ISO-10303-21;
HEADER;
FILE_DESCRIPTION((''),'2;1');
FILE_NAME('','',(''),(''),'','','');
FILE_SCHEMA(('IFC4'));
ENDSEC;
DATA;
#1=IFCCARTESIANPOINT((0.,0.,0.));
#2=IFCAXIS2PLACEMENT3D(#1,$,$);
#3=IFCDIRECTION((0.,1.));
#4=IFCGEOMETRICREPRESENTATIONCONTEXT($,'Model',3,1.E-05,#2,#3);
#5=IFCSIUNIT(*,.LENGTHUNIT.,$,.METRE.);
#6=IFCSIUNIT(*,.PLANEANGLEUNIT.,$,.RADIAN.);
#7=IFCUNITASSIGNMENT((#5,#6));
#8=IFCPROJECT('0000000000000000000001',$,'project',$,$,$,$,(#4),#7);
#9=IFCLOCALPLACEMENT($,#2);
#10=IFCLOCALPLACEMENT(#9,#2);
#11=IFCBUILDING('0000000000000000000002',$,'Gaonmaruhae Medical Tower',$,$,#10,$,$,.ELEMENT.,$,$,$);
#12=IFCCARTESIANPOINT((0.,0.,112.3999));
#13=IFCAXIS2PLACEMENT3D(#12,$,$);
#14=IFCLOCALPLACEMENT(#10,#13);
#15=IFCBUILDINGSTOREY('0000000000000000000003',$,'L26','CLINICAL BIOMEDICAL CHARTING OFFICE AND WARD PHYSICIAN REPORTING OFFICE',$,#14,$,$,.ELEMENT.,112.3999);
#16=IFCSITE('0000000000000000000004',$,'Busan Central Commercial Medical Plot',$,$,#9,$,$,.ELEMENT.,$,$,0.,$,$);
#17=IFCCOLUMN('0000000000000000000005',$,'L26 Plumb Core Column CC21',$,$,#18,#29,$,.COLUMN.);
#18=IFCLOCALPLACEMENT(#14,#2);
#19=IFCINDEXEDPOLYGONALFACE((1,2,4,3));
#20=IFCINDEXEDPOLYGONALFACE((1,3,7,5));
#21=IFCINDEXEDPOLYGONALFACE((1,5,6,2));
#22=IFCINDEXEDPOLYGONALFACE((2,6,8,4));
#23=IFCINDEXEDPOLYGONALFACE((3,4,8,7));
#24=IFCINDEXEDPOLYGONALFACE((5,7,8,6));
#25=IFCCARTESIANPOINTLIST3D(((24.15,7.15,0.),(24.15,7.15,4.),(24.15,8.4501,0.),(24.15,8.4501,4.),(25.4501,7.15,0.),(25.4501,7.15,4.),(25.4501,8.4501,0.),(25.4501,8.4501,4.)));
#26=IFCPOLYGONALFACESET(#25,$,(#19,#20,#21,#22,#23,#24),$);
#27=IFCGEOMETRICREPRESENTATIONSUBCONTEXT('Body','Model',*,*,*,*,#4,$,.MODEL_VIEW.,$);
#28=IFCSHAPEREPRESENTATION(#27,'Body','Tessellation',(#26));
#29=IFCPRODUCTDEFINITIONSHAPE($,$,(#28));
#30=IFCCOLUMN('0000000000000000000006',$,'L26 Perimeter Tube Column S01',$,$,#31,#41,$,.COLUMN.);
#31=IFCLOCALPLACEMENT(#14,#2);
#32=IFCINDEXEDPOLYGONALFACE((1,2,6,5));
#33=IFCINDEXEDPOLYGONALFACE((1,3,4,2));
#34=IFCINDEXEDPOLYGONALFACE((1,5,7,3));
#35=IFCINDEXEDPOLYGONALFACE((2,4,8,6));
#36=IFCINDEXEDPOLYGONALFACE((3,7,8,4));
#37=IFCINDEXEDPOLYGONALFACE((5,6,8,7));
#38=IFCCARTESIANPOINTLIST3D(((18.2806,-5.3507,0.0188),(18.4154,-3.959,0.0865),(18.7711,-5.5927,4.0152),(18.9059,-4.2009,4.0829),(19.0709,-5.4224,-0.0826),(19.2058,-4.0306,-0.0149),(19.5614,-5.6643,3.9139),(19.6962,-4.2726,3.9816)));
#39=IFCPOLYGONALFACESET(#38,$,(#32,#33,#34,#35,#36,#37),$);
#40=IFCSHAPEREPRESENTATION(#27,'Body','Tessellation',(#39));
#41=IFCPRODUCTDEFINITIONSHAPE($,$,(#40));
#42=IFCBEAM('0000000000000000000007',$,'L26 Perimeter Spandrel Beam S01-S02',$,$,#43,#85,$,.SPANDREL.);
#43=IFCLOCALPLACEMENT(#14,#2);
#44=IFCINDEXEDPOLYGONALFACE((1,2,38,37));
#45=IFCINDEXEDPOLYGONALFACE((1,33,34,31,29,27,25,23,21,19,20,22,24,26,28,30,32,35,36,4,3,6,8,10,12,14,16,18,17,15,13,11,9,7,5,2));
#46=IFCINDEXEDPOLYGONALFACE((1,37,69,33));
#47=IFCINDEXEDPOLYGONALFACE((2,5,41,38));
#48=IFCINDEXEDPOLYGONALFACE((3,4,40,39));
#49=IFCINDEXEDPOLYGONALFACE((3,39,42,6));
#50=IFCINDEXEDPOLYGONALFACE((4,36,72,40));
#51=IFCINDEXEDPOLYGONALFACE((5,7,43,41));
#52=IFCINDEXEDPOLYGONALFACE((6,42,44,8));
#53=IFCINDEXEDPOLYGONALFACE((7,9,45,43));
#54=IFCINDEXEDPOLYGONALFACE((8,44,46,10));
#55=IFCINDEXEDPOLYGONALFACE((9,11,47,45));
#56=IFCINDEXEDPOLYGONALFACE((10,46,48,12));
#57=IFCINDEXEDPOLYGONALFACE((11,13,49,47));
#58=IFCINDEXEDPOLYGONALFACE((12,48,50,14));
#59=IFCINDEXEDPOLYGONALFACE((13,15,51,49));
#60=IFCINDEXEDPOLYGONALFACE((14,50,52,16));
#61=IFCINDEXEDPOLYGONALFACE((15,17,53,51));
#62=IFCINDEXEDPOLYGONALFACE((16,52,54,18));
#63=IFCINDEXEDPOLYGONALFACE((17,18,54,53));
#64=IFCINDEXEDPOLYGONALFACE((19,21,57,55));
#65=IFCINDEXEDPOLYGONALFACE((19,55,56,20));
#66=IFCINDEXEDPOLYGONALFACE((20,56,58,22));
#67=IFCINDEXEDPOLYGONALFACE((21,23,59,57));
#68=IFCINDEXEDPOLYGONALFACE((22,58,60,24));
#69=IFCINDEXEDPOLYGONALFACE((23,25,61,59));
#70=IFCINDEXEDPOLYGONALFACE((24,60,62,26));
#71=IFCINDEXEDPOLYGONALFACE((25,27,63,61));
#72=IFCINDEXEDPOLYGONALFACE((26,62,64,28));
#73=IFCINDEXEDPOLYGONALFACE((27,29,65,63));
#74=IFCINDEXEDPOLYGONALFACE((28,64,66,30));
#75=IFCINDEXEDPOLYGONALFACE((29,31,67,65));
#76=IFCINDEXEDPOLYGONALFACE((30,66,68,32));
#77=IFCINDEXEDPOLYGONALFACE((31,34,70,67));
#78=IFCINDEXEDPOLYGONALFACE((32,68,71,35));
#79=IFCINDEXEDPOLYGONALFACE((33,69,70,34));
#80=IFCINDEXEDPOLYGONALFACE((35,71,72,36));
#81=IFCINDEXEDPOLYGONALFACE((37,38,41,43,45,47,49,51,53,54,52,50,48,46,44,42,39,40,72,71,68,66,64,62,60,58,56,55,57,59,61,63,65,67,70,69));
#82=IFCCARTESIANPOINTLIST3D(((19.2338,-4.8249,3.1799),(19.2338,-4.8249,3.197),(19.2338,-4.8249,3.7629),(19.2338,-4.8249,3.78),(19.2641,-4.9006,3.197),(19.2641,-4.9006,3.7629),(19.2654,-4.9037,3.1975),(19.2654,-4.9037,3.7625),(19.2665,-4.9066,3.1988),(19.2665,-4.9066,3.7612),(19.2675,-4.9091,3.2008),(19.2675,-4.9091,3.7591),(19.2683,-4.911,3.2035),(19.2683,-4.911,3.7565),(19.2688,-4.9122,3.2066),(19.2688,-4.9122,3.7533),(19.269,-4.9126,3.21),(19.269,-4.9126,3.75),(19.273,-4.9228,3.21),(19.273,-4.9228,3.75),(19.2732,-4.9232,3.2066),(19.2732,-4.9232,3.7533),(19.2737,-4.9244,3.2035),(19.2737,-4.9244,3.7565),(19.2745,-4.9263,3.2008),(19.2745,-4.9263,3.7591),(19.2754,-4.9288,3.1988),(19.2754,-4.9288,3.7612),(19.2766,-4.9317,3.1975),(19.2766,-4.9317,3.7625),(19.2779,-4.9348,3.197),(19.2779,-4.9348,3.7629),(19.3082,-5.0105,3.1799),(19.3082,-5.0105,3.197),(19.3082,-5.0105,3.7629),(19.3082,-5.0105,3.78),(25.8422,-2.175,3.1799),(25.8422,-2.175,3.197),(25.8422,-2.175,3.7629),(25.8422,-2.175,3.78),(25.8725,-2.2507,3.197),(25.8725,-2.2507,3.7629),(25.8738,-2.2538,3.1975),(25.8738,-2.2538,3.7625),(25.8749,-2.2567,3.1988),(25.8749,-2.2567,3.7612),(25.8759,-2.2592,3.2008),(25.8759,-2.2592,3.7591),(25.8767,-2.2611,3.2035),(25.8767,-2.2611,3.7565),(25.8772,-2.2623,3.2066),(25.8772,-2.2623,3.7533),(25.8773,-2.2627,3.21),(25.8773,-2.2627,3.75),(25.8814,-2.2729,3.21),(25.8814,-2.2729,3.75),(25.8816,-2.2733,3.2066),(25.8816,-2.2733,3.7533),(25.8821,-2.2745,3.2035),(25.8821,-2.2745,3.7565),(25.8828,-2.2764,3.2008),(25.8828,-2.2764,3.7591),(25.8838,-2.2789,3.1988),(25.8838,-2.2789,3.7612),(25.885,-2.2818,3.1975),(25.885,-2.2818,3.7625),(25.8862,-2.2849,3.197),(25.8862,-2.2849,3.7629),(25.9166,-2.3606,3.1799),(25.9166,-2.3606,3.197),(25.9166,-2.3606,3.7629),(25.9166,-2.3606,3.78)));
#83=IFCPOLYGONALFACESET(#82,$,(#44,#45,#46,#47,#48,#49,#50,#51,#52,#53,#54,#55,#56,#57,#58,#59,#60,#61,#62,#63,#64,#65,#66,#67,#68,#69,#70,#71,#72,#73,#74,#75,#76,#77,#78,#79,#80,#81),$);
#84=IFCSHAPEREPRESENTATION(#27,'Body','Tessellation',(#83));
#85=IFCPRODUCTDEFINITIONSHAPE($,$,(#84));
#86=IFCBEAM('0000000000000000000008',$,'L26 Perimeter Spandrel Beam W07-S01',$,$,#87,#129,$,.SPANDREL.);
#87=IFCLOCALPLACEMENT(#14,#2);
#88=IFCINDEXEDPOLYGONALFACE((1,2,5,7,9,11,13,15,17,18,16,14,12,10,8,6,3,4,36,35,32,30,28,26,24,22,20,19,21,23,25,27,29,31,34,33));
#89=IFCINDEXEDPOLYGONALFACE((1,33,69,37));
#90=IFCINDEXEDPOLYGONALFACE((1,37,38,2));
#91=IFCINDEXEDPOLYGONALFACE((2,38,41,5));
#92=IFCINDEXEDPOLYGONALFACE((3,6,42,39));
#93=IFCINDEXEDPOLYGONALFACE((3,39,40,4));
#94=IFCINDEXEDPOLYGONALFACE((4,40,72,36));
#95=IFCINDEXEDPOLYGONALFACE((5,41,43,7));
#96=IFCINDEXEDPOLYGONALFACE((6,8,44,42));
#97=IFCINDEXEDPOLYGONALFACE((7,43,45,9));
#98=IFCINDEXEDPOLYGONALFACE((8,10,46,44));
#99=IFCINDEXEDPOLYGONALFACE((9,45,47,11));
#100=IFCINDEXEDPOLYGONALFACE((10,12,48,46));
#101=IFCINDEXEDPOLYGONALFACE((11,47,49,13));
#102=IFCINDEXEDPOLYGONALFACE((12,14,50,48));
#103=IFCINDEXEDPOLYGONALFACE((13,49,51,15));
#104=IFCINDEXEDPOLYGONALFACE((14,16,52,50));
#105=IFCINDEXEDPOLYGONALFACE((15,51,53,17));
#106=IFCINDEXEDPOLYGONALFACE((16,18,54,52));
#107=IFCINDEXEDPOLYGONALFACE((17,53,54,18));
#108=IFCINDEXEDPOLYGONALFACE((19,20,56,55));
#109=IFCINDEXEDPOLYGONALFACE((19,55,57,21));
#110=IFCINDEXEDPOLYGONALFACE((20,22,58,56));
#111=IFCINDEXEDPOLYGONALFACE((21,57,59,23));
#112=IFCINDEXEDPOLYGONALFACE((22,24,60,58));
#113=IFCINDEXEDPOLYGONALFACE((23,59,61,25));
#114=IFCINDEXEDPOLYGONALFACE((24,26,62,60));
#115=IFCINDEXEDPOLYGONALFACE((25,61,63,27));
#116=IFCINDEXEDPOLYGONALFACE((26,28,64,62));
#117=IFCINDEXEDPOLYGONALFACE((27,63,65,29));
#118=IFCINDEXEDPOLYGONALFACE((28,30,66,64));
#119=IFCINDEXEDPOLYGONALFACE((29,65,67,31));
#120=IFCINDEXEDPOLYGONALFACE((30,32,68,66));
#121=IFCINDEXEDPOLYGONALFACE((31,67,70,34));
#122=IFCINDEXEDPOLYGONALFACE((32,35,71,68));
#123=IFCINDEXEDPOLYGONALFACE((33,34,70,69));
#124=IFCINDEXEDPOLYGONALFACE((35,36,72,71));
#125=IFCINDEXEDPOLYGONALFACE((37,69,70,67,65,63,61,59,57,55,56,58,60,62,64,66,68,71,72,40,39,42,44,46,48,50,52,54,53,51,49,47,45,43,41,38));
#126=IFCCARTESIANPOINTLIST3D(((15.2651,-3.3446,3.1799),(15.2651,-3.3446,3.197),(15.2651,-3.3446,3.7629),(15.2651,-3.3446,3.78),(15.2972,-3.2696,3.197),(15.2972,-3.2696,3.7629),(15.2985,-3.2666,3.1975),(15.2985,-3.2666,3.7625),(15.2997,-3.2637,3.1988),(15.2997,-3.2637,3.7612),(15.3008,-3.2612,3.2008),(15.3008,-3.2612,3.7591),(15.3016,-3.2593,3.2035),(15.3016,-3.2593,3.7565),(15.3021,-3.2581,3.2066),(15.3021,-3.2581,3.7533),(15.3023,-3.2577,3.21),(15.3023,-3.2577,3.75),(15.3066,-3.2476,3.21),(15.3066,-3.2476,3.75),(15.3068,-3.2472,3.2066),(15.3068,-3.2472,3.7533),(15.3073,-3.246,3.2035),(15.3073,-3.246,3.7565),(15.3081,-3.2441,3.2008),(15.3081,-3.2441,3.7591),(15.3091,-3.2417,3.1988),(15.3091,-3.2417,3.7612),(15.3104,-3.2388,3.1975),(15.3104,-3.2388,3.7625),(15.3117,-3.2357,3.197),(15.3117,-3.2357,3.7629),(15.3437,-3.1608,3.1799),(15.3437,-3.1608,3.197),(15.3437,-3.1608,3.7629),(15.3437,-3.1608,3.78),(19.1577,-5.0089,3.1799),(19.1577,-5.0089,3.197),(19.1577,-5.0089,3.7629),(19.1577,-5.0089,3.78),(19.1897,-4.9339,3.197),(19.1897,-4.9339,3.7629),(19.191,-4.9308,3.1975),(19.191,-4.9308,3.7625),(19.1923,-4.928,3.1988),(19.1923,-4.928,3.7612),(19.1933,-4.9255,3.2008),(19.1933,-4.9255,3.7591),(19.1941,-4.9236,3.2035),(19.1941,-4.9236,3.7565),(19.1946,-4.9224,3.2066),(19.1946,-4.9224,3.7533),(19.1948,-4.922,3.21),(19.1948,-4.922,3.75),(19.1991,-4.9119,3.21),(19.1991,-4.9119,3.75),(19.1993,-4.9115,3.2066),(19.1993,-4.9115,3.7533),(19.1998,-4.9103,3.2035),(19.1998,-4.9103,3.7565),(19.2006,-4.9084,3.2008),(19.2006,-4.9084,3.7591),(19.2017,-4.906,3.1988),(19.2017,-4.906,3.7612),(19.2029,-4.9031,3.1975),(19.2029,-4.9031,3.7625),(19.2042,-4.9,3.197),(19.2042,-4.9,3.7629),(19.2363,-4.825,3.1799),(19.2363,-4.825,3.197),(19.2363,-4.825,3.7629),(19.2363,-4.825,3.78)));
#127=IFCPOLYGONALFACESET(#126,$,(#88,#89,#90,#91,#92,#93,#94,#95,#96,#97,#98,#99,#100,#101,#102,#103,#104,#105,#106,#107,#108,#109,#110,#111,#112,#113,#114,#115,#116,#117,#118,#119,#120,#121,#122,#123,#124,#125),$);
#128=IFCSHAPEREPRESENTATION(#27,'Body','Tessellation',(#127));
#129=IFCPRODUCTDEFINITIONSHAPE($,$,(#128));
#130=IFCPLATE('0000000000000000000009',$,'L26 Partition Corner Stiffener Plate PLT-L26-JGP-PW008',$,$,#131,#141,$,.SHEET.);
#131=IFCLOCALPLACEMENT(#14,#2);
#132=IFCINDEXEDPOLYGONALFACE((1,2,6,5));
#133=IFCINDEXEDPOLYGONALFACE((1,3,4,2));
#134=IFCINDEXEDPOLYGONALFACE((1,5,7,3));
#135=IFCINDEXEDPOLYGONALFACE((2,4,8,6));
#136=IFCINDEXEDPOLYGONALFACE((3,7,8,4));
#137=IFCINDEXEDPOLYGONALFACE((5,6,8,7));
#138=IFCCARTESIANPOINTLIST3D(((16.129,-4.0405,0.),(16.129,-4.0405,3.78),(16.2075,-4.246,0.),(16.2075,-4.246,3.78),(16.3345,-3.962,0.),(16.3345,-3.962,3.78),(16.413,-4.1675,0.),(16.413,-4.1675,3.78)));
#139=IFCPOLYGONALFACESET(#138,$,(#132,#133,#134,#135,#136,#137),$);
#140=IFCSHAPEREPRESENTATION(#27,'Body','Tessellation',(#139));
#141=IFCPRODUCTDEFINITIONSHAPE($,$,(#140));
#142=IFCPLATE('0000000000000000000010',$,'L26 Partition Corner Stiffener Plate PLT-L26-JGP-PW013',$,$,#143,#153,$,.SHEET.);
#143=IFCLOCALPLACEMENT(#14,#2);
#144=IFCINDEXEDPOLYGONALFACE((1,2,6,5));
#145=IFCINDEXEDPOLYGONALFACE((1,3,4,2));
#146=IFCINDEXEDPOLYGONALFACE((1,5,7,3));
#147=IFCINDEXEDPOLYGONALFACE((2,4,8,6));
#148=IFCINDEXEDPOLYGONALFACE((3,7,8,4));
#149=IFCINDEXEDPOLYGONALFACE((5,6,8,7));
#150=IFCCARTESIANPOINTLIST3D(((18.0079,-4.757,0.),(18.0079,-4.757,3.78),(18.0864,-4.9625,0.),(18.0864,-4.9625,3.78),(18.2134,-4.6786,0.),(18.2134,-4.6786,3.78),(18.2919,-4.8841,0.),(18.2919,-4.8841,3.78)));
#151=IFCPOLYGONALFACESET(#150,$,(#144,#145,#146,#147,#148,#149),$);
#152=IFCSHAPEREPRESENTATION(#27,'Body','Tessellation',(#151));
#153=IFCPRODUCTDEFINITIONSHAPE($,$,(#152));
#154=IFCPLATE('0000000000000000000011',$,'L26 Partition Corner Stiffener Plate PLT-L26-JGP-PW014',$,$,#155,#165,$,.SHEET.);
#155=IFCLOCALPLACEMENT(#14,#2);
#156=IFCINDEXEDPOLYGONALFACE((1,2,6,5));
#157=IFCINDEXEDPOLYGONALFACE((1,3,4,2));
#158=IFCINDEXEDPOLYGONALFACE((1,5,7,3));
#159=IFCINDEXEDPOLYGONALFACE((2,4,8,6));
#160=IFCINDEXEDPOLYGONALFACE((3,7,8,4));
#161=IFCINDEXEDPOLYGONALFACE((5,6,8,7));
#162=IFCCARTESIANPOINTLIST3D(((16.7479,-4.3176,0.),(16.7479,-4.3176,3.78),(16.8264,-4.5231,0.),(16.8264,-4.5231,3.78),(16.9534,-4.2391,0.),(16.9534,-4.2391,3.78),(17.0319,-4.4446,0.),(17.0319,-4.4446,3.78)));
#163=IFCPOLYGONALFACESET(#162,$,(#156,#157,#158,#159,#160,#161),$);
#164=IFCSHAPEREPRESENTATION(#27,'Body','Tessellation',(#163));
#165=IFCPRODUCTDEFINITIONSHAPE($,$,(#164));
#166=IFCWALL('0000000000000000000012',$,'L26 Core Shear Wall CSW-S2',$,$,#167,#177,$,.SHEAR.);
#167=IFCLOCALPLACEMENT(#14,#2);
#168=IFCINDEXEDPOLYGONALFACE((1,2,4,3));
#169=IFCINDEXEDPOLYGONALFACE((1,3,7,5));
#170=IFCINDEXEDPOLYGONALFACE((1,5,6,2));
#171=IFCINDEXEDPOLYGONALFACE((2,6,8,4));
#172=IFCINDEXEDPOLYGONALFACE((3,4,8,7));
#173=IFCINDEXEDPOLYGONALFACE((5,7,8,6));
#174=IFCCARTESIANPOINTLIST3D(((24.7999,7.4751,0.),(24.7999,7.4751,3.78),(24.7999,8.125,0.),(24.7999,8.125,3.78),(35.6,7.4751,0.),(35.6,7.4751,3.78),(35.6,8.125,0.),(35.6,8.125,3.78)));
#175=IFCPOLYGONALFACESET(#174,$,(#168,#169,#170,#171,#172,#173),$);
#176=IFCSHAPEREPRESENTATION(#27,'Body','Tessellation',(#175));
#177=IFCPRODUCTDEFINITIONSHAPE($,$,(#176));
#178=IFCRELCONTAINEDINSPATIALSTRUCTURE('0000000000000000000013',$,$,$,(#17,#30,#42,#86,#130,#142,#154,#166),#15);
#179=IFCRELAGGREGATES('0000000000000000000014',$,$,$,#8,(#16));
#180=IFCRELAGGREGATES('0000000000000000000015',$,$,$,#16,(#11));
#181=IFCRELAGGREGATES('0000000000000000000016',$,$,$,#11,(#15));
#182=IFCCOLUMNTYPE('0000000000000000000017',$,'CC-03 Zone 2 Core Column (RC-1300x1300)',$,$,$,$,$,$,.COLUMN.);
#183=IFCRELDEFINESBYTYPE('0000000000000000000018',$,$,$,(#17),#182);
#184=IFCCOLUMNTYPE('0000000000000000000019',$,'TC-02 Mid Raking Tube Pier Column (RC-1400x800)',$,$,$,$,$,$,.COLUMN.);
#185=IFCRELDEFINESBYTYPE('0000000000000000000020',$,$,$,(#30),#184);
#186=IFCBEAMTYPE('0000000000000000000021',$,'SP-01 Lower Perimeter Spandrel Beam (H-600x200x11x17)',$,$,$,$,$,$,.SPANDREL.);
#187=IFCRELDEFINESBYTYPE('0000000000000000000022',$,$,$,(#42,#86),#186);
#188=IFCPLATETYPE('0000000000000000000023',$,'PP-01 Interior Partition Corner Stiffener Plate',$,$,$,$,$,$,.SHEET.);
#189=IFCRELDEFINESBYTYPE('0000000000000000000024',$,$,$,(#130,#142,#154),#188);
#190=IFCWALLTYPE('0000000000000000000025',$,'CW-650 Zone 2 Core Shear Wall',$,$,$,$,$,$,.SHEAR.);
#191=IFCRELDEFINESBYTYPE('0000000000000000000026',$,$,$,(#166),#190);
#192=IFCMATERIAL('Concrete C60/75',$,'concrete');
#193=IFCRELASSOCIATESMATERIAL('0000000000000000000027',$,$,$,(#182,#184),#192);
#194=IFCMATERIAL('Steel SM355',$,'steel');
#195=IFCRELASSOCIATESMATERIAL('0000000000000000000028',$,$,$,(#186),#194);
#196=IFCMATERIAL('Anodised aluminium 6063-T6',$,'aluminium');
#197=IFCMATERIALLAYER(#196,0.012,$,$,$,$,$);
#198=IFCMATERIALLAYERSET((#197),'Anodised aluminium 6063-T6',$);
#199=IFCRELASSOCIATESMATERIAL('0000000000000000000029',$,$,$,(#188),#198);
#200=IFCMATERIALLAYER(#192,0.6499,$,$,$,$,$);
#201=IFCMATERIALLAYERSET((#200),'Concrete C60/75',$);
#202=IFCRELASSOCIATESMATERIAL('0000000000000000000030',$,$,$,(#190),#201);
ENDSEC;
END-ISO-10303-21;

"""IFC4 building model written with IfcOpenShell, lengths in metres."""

from ifc_helpers import new_model, si_unit, direction, frame, frame_2d, origin, origin_2d, place, context, subcontext, project, spatial, rectangle, i_section, extrude, material, layer, layer_set, material_profile, profile_set, type_object, element, save


model = new_model("IFC4")

# Units and contexts
model_context = context("Model", 3, precision=1e-05, world=origin(), true_north=direction((0.0, 1.0)))
body_context = subcontext(model_context, "Body", "Model", "MODEL_VIEW")
ifc_project = project(units=[si_unit("LENGTHUNIT", "METRE"), si_unit("PLANEANGLEUNIT", "RADIAN")], contexts=[model_context])

# Site, building, storey
site_placement = place(None, origin())
site = spatial("IfcSite", under=ifc_project, at=site_placement, Name="Busan Central Commercial Medical Plot", CompositionType="ELEMENT", RefElevation=0.0)
building_placement = place(site_placement, origin())
building = spatial("IfcBuilding", under=site, at=building_placement, Name="Gaonmaruhae Medical Tower", CompositionType="ELEMENT")
storey_placement = place(building_placement, frame((0.0, 0.0, 112.3999)))
storey = spatial("IfcBuildingStorey", under=building, at=storey_placement, Name="L26", Description="CLINICAL BIOMEDICAL CHARTING OFFICE AND WARD PHYSICIAN REPORTING OFFICE", CompositionType="ELEMENT", Elevation=112.3999)

# Columns
ifc_material_1 = material(Name="Concrete C60/75", Category="concrete")
ifc_material_profile_1 = material_profile(ifc_material_1, rectangle(XDim=1.3, YDim=1.3, at=origin_2d()), Name="RC-1300x1300")
ifc_profile_set_1 = profile_set([ifc_material_profile_1], Name="Concrete C60/75")
column_type_1 = type_object("IfcColumnType", Name="CC-03 Zone 2 Core Column (RC-1300x1300)", PredefinedType="COLUMN", material=ifc_profile_set_1)
column_1_placement = place(storey_placement, frame((24.8, 7.8, 0.0), z_axis=(0.0, 0.0, 1.0), x_axis=(1.0, 0.0, 0.0)))
element("IfcColumn", 1, at=column_1_placement, inside=storey, type_object=column_type_1, Name="L26 Plumb Core Column CC21", PredefinedType="COLUMN", context=body_context, shape_type="SweptSolid", body=[
    extrude(rectangle(XDim=1.3, YDim=1.3, at=origin_2d()), origin(), (0.0, 0.0, 1.0), 4.0),
])
ifc_material_profile_2 = material_profile(ifc_material_1, rectangle(XDim=1.3999, YDim=0.8, at=origin_2d()), Name="RC-1400x800")
ifc_profile_set_2 = profile_set([ifc_material_profile_2], Name="Concrete C60/75")
column_type_2 = type_object("IfcColumnType", Name="TC-02 Mid Raking Tube Pier Column (RC-1400x800)", PredefinedType="COLUMN", material=ifc_profile_set_2)
column_2_placement = place(storey_placement, frame((18.7432, -4.6907, 0.002), z_axis=(0.121599, -0.059982, 0.990765), x_axis=(0.096302, 0.994176, 0.048369)))
element("IfcColumn", 2, at=column_2_placement, inside=storey, type_object=column_type_2, Name="L26 Perimeter Tube Column S01", PredefinedType="COLUMN", context=body_context, shape_type="SweptSolid", body=[
    extrude(rectangle(XDim=1.3999, YDim=0.8, at=origin_2d()), origin(), (0.0, 0.0, 1.0), 4.0337),
])

# Beams
ifc_material_2 = material(Name="Steel SM355", Category="steel")
ifc_material_profile_3 = material_profile(ifc_material_2, i_section(OverallWidth=0.2, OverallDepth=0.6001, WebThickness=0.011, FlangeThickness=0.0171, FilletRadius=0.0129, at=origin_2d()), Name="H-600x200x11x17")
ifc_profile_set_3 = profile_set([ifc_material_profile_3], Name="Steel SM355")
beam_type = type_object("IfcBeamType", Name="SP-01 Lower Perimeter Spandrel Beam (H-600x200x11x17)", PredefinedType="SPANDREL", material=ifc_profile_set_3)
beam_1_placement = place(storey_placement, frame((19.271, -4.9177, 3.48), z_axis=(0.928159, 0.372183, 0.0), x_axis=(-0.372183, 0.928159, 0.0)))
element("IfcBeam", 3, at=beam_1_placement, inside=storey, type_object=beam_type, Name="L26 Perimeter Spandrel Beam S01-S02", PredefinedType="SPANDREL", context=body_context, shape_type="SweptSolid", body=[
    extrude(i_section(OverallWidth=0.2, OverallDepth=0.6001, WebThickness=0.011, FlangeThickness=0.0171, FilletRadius=0.0129, at=origin_2d()), origin(), (0.0, 0.0, 1.0), 7.1199),
])
beam_2_placement = place(storey_placement, frame((15.3044, -3.2527, 3.48), z_axis=(0.919482, -0.393133, 0.0), x_axis=(0.393133, 0.919482, 0.0)))
element("IfcBeam", 4, at=beam_2_placement, inside=storey, type_object=beam_type, Name="L26 Perimeter Spandrel Beam W07-S01", PredefinedType="SPANDREL", context=body_context, shape_type="SweptSolid", body=[
    extrude(i_section(OverallWidth=0.2, OverallDepth=0.6001, WebThickness=0.011, FlangeThickness=0.0171, FilletRadius=0.0129, at=origin_2d()), origin(), (0.0, 0.0, 1.0), 4.2334),
])

# Plates
ifc_material_3 = material(Name="Anodised aluminium 6063-T6", Category="aluminium")
ifc_layer_1 = layer(ifc_material_3, 0.012)
ifc_layer_set_1 = layer_set([ifc_layer_1], Name="Anodised aluminium 6063-T6")
plate_type = type_object("IfcPlateType", Name="PP-01 Interior Partition Corner Stiffener Plate", PredefinedType="SHEET", material=ifc_layer_set_1)
for number, where, z_axis, x_axis, name in (
    (5, (16.271, -4.104, 0.0), (0.0, 0.0, 1.0), (-0.356608, 0.934254, 0.0), "L26 Partition Corner Stiffener Plate PLT-L26-JGP-PW008"),
    (6, (18.1499, -4.8206, 0.0), (0.0, 0.0, 1.0), (-0.356771, 0.934192, 0.0), "L26 Partition Corner Stiffener Plate PLT-L26-JGP-PW013"),
    (7, (16.8899, -4.3811, 0.0), (0.0, 0.0, 1.0), (-0.934254, -0.356608, 0.0), "L26 Partition Corner Stiffener Plate PLT-L26-JGP-PW014"),
):
    element("IfcPlate", number, at=place(storey_placement, frame(where, z_axis=z_axis, x_axis=x_axis)), inside=storey, type_object=plate_type, Name=name, PredefinedType="SHEET", context=body_context, shape_type="SweptSolid", body=[
        extrude(rectangle(XDim=0.22, YDim=0.22, at=origin_2d()), origin(), (0.0, 0.0, 1.0), 3.78),
    ])

# Wall
ifc_layer_2 = layer(ifc_material_1, 0.6499)
ifc_layer_set_2 = layer_set([ifc_layer_2], Name="Concrete C60/75")
wall_type_1 = type_object("IfcWallType", Name="CW-650 Zone 2 Core Shear Wall", PredefinedType="SHEAR", material=ifc_layer_set_2)
wall_1_placement = place(storey_placement, frame((24.8, 7.8, 0.0), z_axis=(0.0, 0.0, 1.0), x_axis=(1.0, 0.0, 0.0)))
element("IfcWall", 8, at=wall_1_placement, inside=storey, type_object=wall_type_1, Name="L26 Core Shear Wall CSW-S2", PredefinedType="SHEAR", context=body_context, shape_type="SweptSolid", body=[
    extrude(rectangle(XDim=10.8, YDim=0.6499, at=frame_2d((5.3999, 0.0))), origin(), (0.0, 0.0, 1.0), 3.78),
])

save(model, "model.ifc")
